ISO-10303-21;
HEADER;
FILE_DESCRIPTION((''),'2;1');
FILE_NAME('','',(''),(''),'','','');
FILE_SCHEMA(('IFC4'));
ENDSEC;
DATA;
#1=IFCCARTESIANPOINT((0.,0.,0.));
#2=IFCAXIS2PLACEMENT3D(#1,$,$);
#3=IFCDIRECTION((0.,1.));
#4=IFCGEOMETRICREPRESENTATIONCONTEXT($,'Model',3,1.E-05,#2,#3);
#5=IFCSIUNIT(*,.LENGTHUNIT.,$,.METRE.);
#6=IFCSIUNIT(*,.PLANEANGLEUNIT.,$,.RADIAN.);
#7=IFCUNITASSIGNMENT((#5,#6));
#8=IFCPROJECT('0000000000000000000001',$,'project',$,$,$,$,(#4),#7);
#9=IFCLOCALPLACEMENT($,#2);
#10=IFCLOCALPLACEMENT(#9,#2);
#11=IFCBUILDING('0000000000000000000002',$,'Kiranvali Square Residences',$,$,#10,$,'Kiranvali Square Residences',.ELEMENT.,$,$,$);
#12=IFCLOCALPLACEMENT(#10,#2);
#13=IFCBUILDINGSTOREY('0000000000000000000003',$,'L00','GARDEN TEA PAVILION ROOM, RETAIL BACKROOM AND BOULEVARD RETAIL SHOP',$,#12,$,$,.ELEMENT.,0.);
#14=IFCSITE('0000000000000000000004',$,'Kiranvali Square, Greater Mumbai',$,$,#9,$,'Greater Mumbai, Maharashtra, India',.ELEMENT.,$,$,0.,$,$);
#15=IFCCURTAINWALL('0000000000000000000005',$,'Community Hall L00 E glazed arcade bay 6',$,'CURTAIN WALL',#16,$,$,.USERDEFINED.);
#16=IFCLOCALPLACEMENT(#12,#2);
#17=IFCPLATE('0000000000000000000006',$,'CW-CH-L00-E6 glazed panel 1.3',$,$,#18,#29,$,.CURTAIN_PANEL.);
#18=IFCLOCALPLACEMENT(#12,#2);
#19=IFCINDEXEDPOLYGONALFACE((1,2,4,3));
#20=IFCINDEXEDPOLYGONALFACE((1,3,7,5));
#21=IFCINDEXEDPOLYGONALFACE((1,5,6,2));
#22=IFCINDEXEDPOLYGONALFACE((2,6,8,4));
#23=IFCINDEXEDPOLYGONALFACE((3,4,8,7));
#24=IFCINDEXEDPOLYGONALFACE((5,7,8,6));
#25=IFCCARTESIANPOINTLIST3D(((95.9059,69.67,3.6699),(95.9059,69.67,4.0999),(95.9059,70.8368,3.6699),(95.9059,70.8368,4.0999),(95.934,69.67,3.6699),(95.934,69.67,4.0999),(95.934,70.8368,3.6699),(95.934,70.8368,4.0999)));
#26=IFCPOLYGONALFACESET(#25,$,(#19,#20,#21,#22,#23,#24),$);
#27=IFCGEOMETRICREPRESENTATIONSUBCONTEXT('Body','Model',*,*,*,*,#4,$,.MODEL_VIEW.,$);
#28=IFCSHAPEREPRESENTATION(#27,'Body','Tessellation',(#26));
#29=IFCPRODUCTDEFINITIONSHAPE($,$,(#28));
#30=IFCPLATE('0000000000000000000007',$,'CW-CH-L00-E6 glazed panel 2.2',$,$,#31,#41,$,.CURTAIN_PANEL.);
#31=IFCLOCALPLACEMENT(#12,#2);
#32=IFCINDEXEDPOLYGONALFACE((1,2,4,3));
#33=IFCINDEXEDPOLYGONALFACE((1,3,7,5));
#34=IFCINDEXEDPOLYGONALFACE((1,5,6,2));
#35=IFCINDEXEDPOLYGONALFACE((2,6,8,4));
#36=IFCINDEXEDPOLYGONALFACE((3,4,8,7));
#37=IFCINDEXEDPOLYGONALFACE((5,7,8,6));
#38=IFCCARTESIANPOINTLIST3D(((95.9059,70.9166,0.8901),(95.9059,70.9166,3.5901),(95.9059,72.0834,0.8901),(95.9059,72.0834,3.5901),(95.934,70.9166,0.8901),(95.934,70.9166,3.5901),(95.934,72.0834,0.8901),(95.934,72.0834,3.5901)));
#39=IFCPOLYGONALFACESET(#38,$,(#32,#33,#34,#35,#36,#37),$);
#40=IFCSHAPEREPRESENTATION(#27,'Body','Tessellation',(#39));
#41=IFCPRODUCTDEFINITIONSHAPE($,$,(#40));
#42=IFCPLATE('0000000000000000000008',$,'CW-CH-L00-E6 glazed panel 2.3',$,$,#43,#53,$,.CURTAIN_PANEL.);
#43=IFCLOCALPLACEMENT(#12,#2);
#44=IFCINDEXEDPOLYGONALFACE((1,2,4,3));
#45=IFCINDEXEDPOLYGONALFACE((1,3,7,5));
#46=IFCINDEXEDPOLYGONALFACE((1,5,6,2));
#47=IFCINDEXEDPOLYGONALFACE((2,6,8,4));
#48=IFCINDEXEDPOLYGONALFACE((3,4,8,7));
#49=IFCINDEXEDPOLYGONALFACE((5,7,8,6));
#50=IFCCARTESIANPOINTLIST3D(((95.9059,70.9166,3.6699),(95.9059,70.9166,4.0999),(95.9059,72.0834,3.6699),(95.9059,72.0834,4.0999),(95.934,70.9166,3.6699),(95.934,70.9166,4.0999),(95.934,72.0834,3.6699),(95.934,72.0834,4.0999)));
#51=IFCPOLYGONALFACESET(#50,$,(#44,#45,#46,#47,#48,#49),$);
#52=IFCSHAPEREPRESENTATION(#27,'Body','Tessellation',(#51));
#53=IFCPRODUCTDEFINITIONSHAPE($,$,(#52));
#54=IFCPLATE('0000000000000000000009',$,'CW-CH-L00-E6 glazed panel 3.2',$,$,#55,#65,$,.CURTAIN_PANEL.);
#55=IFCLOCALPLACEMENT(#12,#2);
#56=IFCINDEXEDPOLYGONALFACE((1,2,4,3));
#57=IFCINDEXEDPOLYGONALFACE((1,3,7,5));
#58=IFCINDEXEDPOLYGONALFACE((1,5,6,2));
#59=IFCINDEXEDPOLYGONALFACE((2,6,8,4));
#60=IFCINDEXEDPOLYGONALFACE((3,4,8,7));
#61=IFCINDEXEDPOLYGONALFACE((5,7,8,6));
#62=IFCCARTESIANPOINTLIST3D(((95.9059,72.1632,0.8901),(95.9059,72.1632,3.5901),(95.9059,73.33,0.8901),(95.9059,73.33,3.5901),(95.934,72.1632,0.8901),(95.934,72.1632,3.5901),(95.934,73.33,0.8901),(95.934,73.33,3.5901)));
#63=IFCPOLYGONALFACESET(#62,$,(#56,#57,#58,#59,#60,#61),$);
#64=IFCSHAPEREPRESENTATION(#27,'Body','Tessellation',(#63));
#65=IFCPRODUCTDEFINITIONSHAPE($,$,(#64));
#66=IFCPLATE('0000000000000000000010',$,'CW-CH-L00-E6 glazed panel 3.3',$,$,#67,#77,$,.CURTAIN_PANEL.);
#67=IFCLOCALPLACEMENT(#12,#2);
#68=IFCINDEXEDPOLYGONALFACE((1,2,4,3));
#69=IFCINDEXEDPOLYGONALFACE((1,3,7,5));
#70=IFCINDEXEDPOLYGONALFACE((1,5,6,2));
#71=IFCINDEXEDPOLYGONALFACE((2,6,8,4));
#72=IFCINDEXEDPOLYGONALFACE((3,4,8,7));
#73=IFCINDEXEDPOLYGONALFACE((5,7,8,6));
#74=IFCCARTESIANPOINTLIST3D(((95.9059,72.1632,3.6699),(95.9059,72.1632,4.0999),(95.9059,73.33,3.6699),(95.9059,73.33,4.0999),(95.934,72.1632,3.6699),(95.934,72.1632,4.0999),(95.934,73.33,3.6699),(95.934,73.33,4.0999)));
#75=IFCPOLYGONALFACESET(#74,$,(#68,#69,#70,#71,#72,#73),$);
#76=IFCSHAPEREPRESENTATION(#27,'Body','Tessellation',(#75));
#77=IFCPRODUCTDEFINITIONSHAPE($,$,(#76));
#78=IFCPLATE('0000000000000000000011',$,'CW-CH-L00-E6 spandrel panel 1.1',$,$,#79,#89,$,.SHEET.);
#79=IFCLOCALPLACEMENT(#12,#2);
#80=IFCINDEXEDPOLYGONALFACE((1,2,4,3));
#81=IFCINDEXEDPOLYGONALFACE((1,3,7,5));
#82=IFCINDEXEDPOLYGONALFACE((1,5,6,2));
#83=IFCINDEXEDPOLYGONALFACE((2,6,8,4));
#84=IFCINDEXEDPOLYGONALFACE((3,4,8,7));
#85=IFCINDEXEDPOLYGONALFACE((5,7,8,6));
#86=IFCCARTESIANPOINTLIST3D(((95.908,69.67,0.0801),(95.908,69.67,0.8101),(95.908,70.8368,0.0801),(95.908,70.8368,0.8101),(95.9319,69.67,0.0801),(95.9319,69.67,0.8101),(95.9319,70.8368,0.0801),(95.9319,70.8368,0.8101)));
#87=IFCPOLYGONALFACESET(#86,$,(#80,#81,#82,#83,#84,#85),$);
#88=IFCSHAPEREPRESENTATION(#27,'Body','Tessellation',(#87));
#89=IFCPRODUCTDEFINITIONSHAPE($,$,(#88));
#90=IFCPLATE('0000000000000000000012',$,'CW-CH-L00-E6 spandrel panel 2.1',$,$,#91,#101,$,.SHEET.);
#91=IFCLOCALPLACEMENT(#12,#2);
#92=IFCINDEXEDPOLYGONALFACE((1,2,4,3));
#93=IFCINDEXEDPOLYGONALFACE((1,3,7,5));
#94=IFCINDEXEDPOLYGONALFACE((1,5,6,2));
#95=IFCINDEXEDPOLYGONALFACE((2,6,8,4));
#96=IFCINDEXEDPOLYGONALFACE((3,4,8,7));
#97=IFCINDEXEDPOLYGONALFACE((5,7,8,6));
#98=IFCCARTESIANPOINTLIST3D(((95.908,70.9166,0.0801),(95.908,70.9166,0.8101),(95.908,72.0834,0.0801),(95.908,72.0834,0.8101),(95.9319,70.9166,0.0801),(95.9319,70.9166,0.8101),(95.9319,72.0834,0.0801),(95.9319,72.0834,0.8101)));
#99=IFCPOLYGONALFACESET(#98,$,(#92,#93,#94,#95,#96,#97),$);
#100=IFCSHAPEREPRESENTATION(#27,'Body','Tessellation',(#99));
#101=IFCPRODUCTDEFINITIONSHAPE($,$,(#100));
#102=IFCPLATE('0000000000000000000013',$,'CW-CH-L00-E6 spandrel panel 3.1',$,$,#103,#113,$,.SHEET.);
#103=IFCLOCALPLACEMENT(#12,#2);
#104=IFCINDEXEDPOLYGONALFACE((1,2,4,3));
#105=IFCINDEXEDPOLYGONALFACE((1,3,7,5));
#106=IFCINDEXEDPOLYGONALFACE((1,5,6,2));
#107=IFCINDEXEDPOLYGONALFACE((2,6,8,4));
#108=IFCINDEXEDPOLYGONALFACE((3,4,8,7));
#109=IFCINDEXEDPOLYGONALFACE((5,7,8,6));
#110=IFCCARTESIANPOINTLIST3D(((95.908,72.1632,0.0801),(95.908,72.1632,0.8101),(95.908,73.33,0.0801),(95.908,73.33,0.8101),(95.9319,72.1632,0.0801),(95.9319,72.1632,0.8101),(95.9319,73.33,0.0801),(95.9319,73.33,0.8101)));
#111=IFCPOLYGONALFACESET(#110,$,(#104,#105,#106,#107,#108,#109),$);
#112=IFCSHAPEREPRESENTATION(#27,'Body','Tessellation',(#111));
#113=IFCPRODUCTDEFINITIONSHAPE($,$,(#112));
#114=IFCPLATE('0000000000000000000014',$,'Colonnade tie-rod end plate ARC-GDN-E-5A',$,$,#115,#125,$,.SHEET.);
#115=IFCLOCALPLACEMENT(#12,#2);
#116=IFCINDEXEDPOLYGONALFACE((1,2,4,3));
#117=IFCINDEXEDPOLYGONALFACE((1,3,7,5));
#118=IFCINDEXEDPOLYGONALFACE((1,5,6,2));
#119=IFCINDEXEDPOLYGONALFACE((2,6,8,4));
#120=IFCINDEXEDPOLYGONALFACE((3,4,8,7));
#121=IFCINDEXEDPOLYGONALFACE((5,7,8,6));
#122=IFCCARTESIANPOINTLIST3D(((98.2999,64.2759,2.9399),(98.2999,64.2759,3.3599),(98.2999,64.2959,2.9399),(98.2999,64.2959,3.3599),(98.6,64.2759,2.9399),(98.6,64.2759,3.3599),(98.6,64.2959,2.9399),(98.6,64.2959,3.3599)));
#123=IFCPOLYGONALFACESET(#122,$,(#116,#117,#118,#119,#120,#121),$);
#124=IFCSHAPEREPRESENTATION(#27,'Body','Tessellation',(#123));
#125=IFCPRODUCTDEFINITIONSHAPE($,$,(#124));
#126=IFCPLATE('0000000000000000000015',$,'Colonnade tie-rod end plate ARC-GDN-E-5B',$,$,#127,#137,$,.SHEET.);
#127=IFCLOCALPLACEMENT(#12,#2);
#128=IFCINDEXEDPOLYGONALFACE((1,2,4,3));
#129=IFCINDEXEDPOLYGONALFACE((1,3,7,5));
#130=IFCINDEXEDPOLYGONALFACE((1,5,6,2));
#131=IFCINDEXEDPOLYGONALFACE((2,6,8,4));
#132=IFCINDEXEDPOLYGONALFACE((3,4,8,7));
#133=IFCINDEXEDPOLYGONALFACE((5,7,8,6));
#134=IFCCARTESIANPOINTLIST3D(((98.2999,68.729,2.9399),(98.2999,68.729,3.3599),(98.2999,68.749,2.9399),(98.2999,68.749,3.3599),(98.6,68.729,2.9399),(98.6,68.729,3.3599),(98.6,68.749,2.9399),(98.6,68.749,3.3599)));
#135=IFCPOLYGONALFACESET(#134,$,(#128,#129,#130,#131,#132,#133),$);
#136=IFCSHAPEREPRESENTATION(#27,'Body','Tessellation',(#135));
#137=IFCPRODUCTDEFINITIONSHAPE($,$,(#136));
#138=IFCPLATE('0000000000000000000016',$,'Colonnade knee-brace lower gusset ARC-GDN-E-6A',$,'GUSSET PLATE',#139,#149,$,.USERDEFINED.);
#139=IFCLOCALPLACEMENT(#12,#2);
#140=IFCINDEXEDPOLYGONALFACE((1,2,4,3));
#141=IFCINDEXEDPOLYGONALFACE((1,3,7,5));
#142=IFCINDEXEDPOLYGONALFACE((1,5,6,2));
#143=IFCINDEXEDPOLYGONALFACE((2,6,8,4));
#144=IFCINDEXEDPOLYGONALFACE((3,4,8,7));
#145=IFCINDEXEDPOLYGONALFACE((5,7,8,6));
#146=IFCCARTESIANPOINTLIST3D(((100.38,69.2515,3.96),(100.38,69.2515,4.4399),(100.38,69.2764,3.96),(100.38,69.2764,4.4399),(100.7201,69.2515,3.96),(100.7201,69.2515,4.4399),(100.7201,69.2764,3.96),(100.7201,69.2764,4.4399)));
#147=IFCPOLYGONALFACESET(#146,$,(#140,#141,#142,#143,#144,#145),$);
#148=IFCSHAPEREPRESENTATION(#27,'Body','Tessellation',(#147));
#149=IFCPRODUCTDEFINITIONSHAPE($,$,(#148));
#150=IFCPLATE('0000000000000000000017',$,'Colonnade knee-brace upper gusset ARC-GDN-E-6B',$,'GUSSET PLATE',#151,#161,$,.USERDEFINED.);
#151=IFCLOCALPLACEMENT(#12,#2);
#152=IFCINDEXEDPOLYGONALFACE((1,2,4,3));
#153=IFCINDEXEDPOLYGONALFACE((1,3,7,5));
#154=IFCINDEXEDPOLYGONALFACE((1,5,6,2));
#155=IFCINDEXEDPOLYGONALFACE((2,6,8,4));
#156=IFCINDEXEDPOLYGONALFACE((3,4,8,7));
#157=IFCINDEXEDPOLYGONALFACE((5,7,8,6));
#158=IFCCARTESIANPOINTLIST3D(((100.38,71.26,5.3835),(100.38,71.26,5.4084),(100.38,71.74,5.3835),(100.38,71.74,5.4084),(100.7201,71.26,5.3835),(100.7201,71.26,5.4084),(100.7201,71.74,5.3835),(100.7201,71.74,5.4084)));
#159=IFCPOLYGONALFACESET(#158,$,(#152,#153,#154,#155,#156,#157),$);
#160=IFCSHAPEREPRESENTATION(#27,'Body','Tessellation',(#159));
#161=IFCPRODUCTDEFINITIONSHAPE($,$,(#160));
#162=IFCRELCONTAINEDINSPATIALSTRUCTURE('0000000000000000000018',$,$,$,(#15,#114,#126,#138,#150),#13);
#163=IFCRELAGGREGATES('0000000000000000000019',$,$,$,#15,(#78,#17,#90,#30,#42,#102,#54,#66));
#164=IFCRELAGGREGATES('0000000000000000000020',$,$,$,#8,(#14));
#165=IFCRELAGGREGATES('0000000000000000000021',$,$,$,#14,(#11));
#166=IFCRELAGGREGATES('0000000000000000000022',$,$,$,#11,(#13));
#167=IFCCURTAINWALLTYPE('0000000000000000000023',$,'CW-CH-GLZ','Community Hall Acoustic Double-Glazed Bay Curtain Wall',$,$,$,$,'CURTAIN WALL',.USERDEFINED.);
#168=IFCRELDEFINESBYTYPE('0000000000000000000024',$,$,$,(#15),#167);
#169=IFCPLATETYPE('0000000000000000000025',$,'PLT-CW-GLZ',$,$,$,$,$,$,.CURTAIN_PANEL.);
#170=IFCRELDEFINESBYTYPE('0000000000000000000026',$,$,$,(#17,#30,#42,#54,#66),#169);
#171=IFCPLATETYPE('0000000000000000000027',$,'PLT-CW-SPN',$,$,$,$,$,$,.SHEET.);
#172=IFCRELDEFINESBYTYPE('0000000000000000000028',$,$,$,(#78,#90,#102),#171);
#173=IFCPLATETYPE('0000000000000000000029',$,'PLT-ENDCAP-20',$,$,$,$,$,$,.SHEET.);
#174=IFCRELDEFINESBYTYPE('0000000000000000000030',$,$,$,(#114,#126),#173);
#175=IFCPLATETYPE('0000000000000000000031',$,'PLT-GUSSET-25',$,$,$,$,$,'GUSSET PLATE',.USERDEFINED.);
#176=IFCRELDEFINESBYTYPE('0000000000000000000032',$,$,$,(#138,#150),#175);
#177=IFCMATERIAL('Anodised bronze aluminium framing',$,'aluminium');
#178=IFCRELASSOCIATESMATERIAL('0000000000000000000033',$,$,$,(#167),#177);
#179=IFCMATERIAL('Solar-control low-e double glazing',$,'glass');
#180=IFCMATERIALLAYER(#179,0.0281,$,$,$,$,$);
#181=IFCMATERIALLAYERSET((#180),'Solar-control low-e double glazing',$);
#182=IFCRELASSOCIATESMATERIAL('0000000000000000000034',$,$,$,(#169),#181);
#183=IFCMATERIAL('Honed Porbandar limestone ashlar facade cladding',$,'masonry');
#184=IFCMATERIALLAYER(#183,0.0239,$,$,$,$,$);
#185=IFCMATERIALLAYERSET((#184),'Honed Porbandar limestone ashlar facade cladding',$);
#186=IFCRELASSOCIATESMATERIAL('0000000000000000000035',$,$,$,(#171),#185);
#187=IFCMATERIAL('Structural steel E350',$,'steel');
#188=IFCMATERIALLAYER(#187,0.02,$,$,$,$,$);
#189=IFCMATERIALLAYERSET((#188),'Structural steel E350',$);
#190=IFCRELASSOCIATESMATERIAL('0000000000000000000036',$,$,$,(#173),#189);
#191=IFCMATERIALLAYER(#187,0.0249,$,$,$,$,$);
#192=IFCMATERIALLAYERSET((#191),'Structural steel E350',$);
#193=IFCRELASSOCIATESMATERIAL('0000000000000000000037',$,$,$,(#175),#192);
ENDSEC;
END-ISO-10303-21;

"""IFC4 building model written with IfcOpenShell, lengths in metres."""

from ifc_helpers import new_model, si_unit, direction, frame, origin, origin_2d, place, context, subcontext, project, spatial, rectangle, extrude, material, layer, layer_set, type_object, element, aggregate, save


model = new_model("IFC4")

# Units and contexts
model_context = context("Model", 3, precision=1e-05, world=origin(), true_north=direction((0.0, 1.0)))
body_context = subcontext(model_context, "Body", "Model", "MODEL_VIEW")
ifc_project = project(units=[si_unit("LENGTHUNIT", "METRE"), si_unit("PLANEANGLEUNIT", "RADIAN")], contexts=[model_context])

# Site, building, storey
site_placement = place(None, origin())
site = spatial("IfcSite", under=ifc_project, at=site_placement, Name="Kiranvali Square, Greater Mumbai", LongName="Greater Mumbai, Maharashtra, India", CompositionType="ELEMENT", RefElevation=0.0)
building_placement = place(site_placement, origin())
building = spatial("IfcBuilding", under=site, at=building_placement, Name="Kiranvali Square Residences", LongName="Kiranvali Square Residences", CompositionType="ELEMENT")
storey_placement = place(building_placement, origin())
storey = spatial("IfcBuildingStorey", under=building, at=storey_placement, Name="L00", Description="GARDEN TEA PAVILION ROOM, RETAIL BACKROOM AND BOULEVARD RETAIL SHOP", CompositionType="ELEMENT", Elevation=0.0)

# Curtain wall
ifc_material_1 = material(Name="Anodised bronze aluminium framing", Category="aluminium")
curtain_wall_type = type_object("IfcCurtainWallType", Name="CW-CH-GLZ", Description="Community Hall Acoustic Double-Glazed Bay Curtain Wall", ElementType="CURTAIN WALL", PredefinedType="USERDEFINED", material=ifc_material_1)
curtain_wall_placement = place(storey_placement, origin())
curtain_wall = element("IfcCurtainWall", 1, at=curtain_wall_placement, inside=storey, type_object=curtain_wall_type, Name="Community Hall L00 E glazed arcade bay 6", ObjectType="CURTAIN WALL", PredefinedType="USERDEFINED")

# Shared definitions
ifc_material_2 = material(Name="Structural steel E350", Category="steel")

# Plates
ifc_material_3 = material(Name="Solar-control low-e double glazing", Category="glass")
ifc_layer_1 = layer(ifc_material_3, 0.0281)
ifc_layer_set_1 = layer_set([ifc_layer_1], Name="Solar-control low-e double glazing")
plate_type_1 = type_object("IfcPlateType", Name="PLT-CW-GLZ", PredefinedType="CURTAIN_PANEL", material=ifc_layer_set_1)
plate_1_placement = place(storey_placement, frame((95.9199, 70.2534, 3.6699), z_axis=(0.0, 0.0, 1.0), x_axis=(0.0, 1.0, 0.0)))
plate_1 = element("IfcPlate", 2, at=plate_1_placement, type_object=plate_type_1, Name="CW-CH-L00-E6 glazed panel 1.3", PredefinedType="CURTAIN_PANEL", context=body_context, shape_type="SweptSolid", body=[
    extrude(rectangle(XDim=1.1667, YDim=0.0281, at=origin_2d()), origin(), (0.0, 0.0, 1.0), 0.4299),
])
plate_2_placement = place(storey_placement, frame((95.9199, 71.5, 0.8901), z_axis=(0.0, 0.0, 1.0), x_axis=(0.0, 1.0, 0.0)))
plate_2 = element("IfcPlate", 3, at=plate_2_placement, type_object=plate_type_1, Name="CW-CH-L00-E6 glazed panel 2.2", PredefinedType="CURTAIN_PANEL", context=body_context, shape_type="SweptSolid", body=[
    extrude(rectangle(XDim=1.1667, YDim=0.0281, at=origin_2d()), origin(), (0.0, 0.0, 1.0), 2.7),
])
plate_3_placement = place(storey_placement, frame((95.9199, 71.5, 3.6699), z_axis=(0.0, 0.0, 1.0), x_axis=(0.0, 1.0, 0.0)))
plate_3 = element("IfcPlate", 4, at=plate_3_placement, type_object=plate_type_1, Name="CW-CH-L00-E6 glazed panel 2.3", PredefinedType="CURTAIN_PANEL", context=body_context, shape_type="SweptSolid", body=[
    extrude(rectangle(XDim=1.1667, YDim=0.0281, at=origin_2d()), origin(), (0.0, 0.0, 1.0), 0.4299),
])
plate_4_placement = place(storey_placement, frame((95.9199, 72.7466, 0.8901), z_axis=(0.0, 0.0, 1.0), x_axis=(0.0, 1.0, 0.0)))
plate_4 = element("IfcPlate", 5, at=plate_4_placement, type_object=plate_type_1, Name="CW-CH-L00-E6 glazed panel 3.2", PredefinedType="CURTAIN_PANEL", context=body_context, shape_type="SweptSolid", body=[
    extrude(rectangle(XDim=1.1667, YDim=0.0281, at=origin_2d()), origin(), (0.0, 0.0, 1.0), 2.7),
])
plate_5_placement = place(storey_placement, frame((95.9199, 72.7466, 3.6699), z_axis=(0.0, 0.0, 1.0), x_axis=(0.0, 1.0, 0.0)))
plate_5 = element("IfcPlate", 6, at=plate_5_placement, type_object=plate_type_1, Name="CW-CH-L00-E6 glazed panel 3.3", PredefinedType="CURTAIN_PANEL", context=body_context, shape_type="SweptSolid", body=[
    extrude(rectangle(XDim=1.1667, YDim=0.0281, at=origin_2d()), origin(), (0.0, 0.0, 1.0), 0.4299),
])
ifc_material_4 = material(Name="Honed Porbandar limestone ashlar facade cladding", Category="masonry")
ifc_layer_2 = layer(ifc_material_4, 0.0239)
ifc_layer_set_2 = layer_set([ifc_layer_2], Name="Honed Porbandar limestone ashlar facade cladding")
plate_type_2 = type_object("IfcPlateType", Name="PLT-CW-SPN", PredefinedType="SHEET", material=ifc_layer_set_2)
plate_6_placement = place(storey_placement, frame((95.9199, 70.2534, 0.0801), z_axis=(0.0, 0.0, 1.0), x_axis=(0.0, 1.0, 0.0)))
plate_6 = element("IfcPlate", 7, at=plate_6_placement, type_object=plate_type_2, Name="CW-CH-L00-E6 spandrel panel 1.1", PredefinedType="SHEET", context=body_context, shape_type="SweptSolid", body=[
    extrude(rectangle(XDim=1.1667, YDim=0.0239, at=origin_2d()), origin(), (0.0, 0.0, 1.0), 0.73),
])
plate_7_placement = place(storey_placement, frame((95.9199, 71.5, 0.0801), z_axis=(0.0, 0.0, 1.0), x_axis=(0.0, 1.0, 0.0)))
plate_7 = element("IfcPlate", 8, at=plate_7_placement, type_object=plate_type_2, Name="CW-CH-L00-E6 spandrel panel 2.1", PredefinedType="SHEET", context=body_context, shape_type="SweptSolid", body=[
    extrude(rectangle(XDim=1.1667, YDim=0.0239, at=origin_2d()), origin(), (0.0, 0.0, 1.0), 0.73),
])
plate_8_placement = place(storey_placement, frame((95.9199, 72.7466, 0.0801), z_axis=(0.0, 0.0, 1.0), x_axis=(0.0, 1.0, 0.0)))
plate_8 = element("IfcPlate", 9, at=plate_8_placement, type_object=plate_type_2, Name="CW-CH-L00-E6 spandrel panel 3.1", PredefinedType="SHEET", context=body_context, shape_type="SweptSolid", body=[
    extrude(rectangle(XDim=1.1667, YDim=0.0239, at=origin_2d()), origin(), (0.0, 0.0, 1.0), 0.73),
])
aggregate(curtain_wall, [plate_6, plate_1, plate_7, plate_2, plate_3, plate_8, plate_4, plate_5])

# Plates
ifc_layer_3 = layer(ifc_material_2, 0.02)
ifc_layer_set_3 = layer_set([ifc_layer_3], Name="Structural steel E350")
plate_type_3 = type_object("IfcPlateType", Name="PLT-ENDCAP-20", PredefinedType="SHEET", material=ifc_layer_set_3)
for number, where, z_axis, x_axis, name in (
    (10, (98.45, 64.2859, 2.9399), (0.0, 0.0, 1.0), (1.0, 0.0, 0.0), "Colonnade tie-rod end plate ARC-GDN-E-5A"),
    (11, (98.45, 68.739, 2.9399), (0.0, 0.0, 1.0), (1.0, 0.0, 0.0), "Colonnade tie-rod end plate ARC-GDN-E-5B"),
):
    element("IfcPlate", number, at=place(storey_placement, frame(where, z_axis=z_axis, x_axis=x_axis)), inside=storey, type_object=plate_type_3, Name=name, PredefinedType="SHEET", context=body_context, shape_type="SweptSolid", body=[
        extrude(rectangle(XDim=0.3, YDim=0.02, at=origin_2d()), origin(), (0.0, 0.0, 1.0), 0.4199),
    ])
ifc_layer_4 = layer(ifc_material_2, 0.0249)
ifc_layer_set_4 = layer_set([ifc_layer_4], Name="Structural steel E350")
plate_type_4 = type_object("IfcPlateType", Name="PLT-GUSSET-25", ElementType="GUSSET PLATE", PredefinedType="USERDEFINED", material=ifc_layer_set_4)
plate_9_placement = place(storey_placement, frame((100.55, 69.2639, 3.96), z_axis=(0.0, 0.0, 1.0), x_axis=(1.0, 0.0, 0.0)))
element("IfcPlate", 12, at=plate_9_placement, inside=storey, type_object=plate_type_4, Name="Colonnade knee-brace lower gusset ARC-GDN-E-6A", ObjectType="GUSSET PLATE", PredefinedType="USERDEFINED", context=body_context, shape_type="SweptSolid", body=[
    extrude(rectangle(XDim=0.3401, YDim=0.0249, at=origin_2d()), origin(), (0.0, 0.0, 1.0), 0.48),
])
plate_10_placement = place(storey_placement, frame((100.55, 71.5, 5.3835), z_axis=(0.0, 0.0, 1.0), x_axis=(1.0, 0.0, 0.0)))
element("IfcPlate", 13, at=plate_10_placement, inside=storey, type_object=plate_type_4, Name="Colonnade knee-brace upper gusset ARC-GDN-E-6B", ObjectType="GUSSET PLATE", PredefinedType="USERDEFINED", context=body_context, shape_type="SweptSolid", body=[
    extrude(rectangle(XDim=0.3401, YDim=0.48, at=origin_2d()), origin(), (0.0, 0.0, 1.0), 0.0249),
])

save(model, "model.ifc")
